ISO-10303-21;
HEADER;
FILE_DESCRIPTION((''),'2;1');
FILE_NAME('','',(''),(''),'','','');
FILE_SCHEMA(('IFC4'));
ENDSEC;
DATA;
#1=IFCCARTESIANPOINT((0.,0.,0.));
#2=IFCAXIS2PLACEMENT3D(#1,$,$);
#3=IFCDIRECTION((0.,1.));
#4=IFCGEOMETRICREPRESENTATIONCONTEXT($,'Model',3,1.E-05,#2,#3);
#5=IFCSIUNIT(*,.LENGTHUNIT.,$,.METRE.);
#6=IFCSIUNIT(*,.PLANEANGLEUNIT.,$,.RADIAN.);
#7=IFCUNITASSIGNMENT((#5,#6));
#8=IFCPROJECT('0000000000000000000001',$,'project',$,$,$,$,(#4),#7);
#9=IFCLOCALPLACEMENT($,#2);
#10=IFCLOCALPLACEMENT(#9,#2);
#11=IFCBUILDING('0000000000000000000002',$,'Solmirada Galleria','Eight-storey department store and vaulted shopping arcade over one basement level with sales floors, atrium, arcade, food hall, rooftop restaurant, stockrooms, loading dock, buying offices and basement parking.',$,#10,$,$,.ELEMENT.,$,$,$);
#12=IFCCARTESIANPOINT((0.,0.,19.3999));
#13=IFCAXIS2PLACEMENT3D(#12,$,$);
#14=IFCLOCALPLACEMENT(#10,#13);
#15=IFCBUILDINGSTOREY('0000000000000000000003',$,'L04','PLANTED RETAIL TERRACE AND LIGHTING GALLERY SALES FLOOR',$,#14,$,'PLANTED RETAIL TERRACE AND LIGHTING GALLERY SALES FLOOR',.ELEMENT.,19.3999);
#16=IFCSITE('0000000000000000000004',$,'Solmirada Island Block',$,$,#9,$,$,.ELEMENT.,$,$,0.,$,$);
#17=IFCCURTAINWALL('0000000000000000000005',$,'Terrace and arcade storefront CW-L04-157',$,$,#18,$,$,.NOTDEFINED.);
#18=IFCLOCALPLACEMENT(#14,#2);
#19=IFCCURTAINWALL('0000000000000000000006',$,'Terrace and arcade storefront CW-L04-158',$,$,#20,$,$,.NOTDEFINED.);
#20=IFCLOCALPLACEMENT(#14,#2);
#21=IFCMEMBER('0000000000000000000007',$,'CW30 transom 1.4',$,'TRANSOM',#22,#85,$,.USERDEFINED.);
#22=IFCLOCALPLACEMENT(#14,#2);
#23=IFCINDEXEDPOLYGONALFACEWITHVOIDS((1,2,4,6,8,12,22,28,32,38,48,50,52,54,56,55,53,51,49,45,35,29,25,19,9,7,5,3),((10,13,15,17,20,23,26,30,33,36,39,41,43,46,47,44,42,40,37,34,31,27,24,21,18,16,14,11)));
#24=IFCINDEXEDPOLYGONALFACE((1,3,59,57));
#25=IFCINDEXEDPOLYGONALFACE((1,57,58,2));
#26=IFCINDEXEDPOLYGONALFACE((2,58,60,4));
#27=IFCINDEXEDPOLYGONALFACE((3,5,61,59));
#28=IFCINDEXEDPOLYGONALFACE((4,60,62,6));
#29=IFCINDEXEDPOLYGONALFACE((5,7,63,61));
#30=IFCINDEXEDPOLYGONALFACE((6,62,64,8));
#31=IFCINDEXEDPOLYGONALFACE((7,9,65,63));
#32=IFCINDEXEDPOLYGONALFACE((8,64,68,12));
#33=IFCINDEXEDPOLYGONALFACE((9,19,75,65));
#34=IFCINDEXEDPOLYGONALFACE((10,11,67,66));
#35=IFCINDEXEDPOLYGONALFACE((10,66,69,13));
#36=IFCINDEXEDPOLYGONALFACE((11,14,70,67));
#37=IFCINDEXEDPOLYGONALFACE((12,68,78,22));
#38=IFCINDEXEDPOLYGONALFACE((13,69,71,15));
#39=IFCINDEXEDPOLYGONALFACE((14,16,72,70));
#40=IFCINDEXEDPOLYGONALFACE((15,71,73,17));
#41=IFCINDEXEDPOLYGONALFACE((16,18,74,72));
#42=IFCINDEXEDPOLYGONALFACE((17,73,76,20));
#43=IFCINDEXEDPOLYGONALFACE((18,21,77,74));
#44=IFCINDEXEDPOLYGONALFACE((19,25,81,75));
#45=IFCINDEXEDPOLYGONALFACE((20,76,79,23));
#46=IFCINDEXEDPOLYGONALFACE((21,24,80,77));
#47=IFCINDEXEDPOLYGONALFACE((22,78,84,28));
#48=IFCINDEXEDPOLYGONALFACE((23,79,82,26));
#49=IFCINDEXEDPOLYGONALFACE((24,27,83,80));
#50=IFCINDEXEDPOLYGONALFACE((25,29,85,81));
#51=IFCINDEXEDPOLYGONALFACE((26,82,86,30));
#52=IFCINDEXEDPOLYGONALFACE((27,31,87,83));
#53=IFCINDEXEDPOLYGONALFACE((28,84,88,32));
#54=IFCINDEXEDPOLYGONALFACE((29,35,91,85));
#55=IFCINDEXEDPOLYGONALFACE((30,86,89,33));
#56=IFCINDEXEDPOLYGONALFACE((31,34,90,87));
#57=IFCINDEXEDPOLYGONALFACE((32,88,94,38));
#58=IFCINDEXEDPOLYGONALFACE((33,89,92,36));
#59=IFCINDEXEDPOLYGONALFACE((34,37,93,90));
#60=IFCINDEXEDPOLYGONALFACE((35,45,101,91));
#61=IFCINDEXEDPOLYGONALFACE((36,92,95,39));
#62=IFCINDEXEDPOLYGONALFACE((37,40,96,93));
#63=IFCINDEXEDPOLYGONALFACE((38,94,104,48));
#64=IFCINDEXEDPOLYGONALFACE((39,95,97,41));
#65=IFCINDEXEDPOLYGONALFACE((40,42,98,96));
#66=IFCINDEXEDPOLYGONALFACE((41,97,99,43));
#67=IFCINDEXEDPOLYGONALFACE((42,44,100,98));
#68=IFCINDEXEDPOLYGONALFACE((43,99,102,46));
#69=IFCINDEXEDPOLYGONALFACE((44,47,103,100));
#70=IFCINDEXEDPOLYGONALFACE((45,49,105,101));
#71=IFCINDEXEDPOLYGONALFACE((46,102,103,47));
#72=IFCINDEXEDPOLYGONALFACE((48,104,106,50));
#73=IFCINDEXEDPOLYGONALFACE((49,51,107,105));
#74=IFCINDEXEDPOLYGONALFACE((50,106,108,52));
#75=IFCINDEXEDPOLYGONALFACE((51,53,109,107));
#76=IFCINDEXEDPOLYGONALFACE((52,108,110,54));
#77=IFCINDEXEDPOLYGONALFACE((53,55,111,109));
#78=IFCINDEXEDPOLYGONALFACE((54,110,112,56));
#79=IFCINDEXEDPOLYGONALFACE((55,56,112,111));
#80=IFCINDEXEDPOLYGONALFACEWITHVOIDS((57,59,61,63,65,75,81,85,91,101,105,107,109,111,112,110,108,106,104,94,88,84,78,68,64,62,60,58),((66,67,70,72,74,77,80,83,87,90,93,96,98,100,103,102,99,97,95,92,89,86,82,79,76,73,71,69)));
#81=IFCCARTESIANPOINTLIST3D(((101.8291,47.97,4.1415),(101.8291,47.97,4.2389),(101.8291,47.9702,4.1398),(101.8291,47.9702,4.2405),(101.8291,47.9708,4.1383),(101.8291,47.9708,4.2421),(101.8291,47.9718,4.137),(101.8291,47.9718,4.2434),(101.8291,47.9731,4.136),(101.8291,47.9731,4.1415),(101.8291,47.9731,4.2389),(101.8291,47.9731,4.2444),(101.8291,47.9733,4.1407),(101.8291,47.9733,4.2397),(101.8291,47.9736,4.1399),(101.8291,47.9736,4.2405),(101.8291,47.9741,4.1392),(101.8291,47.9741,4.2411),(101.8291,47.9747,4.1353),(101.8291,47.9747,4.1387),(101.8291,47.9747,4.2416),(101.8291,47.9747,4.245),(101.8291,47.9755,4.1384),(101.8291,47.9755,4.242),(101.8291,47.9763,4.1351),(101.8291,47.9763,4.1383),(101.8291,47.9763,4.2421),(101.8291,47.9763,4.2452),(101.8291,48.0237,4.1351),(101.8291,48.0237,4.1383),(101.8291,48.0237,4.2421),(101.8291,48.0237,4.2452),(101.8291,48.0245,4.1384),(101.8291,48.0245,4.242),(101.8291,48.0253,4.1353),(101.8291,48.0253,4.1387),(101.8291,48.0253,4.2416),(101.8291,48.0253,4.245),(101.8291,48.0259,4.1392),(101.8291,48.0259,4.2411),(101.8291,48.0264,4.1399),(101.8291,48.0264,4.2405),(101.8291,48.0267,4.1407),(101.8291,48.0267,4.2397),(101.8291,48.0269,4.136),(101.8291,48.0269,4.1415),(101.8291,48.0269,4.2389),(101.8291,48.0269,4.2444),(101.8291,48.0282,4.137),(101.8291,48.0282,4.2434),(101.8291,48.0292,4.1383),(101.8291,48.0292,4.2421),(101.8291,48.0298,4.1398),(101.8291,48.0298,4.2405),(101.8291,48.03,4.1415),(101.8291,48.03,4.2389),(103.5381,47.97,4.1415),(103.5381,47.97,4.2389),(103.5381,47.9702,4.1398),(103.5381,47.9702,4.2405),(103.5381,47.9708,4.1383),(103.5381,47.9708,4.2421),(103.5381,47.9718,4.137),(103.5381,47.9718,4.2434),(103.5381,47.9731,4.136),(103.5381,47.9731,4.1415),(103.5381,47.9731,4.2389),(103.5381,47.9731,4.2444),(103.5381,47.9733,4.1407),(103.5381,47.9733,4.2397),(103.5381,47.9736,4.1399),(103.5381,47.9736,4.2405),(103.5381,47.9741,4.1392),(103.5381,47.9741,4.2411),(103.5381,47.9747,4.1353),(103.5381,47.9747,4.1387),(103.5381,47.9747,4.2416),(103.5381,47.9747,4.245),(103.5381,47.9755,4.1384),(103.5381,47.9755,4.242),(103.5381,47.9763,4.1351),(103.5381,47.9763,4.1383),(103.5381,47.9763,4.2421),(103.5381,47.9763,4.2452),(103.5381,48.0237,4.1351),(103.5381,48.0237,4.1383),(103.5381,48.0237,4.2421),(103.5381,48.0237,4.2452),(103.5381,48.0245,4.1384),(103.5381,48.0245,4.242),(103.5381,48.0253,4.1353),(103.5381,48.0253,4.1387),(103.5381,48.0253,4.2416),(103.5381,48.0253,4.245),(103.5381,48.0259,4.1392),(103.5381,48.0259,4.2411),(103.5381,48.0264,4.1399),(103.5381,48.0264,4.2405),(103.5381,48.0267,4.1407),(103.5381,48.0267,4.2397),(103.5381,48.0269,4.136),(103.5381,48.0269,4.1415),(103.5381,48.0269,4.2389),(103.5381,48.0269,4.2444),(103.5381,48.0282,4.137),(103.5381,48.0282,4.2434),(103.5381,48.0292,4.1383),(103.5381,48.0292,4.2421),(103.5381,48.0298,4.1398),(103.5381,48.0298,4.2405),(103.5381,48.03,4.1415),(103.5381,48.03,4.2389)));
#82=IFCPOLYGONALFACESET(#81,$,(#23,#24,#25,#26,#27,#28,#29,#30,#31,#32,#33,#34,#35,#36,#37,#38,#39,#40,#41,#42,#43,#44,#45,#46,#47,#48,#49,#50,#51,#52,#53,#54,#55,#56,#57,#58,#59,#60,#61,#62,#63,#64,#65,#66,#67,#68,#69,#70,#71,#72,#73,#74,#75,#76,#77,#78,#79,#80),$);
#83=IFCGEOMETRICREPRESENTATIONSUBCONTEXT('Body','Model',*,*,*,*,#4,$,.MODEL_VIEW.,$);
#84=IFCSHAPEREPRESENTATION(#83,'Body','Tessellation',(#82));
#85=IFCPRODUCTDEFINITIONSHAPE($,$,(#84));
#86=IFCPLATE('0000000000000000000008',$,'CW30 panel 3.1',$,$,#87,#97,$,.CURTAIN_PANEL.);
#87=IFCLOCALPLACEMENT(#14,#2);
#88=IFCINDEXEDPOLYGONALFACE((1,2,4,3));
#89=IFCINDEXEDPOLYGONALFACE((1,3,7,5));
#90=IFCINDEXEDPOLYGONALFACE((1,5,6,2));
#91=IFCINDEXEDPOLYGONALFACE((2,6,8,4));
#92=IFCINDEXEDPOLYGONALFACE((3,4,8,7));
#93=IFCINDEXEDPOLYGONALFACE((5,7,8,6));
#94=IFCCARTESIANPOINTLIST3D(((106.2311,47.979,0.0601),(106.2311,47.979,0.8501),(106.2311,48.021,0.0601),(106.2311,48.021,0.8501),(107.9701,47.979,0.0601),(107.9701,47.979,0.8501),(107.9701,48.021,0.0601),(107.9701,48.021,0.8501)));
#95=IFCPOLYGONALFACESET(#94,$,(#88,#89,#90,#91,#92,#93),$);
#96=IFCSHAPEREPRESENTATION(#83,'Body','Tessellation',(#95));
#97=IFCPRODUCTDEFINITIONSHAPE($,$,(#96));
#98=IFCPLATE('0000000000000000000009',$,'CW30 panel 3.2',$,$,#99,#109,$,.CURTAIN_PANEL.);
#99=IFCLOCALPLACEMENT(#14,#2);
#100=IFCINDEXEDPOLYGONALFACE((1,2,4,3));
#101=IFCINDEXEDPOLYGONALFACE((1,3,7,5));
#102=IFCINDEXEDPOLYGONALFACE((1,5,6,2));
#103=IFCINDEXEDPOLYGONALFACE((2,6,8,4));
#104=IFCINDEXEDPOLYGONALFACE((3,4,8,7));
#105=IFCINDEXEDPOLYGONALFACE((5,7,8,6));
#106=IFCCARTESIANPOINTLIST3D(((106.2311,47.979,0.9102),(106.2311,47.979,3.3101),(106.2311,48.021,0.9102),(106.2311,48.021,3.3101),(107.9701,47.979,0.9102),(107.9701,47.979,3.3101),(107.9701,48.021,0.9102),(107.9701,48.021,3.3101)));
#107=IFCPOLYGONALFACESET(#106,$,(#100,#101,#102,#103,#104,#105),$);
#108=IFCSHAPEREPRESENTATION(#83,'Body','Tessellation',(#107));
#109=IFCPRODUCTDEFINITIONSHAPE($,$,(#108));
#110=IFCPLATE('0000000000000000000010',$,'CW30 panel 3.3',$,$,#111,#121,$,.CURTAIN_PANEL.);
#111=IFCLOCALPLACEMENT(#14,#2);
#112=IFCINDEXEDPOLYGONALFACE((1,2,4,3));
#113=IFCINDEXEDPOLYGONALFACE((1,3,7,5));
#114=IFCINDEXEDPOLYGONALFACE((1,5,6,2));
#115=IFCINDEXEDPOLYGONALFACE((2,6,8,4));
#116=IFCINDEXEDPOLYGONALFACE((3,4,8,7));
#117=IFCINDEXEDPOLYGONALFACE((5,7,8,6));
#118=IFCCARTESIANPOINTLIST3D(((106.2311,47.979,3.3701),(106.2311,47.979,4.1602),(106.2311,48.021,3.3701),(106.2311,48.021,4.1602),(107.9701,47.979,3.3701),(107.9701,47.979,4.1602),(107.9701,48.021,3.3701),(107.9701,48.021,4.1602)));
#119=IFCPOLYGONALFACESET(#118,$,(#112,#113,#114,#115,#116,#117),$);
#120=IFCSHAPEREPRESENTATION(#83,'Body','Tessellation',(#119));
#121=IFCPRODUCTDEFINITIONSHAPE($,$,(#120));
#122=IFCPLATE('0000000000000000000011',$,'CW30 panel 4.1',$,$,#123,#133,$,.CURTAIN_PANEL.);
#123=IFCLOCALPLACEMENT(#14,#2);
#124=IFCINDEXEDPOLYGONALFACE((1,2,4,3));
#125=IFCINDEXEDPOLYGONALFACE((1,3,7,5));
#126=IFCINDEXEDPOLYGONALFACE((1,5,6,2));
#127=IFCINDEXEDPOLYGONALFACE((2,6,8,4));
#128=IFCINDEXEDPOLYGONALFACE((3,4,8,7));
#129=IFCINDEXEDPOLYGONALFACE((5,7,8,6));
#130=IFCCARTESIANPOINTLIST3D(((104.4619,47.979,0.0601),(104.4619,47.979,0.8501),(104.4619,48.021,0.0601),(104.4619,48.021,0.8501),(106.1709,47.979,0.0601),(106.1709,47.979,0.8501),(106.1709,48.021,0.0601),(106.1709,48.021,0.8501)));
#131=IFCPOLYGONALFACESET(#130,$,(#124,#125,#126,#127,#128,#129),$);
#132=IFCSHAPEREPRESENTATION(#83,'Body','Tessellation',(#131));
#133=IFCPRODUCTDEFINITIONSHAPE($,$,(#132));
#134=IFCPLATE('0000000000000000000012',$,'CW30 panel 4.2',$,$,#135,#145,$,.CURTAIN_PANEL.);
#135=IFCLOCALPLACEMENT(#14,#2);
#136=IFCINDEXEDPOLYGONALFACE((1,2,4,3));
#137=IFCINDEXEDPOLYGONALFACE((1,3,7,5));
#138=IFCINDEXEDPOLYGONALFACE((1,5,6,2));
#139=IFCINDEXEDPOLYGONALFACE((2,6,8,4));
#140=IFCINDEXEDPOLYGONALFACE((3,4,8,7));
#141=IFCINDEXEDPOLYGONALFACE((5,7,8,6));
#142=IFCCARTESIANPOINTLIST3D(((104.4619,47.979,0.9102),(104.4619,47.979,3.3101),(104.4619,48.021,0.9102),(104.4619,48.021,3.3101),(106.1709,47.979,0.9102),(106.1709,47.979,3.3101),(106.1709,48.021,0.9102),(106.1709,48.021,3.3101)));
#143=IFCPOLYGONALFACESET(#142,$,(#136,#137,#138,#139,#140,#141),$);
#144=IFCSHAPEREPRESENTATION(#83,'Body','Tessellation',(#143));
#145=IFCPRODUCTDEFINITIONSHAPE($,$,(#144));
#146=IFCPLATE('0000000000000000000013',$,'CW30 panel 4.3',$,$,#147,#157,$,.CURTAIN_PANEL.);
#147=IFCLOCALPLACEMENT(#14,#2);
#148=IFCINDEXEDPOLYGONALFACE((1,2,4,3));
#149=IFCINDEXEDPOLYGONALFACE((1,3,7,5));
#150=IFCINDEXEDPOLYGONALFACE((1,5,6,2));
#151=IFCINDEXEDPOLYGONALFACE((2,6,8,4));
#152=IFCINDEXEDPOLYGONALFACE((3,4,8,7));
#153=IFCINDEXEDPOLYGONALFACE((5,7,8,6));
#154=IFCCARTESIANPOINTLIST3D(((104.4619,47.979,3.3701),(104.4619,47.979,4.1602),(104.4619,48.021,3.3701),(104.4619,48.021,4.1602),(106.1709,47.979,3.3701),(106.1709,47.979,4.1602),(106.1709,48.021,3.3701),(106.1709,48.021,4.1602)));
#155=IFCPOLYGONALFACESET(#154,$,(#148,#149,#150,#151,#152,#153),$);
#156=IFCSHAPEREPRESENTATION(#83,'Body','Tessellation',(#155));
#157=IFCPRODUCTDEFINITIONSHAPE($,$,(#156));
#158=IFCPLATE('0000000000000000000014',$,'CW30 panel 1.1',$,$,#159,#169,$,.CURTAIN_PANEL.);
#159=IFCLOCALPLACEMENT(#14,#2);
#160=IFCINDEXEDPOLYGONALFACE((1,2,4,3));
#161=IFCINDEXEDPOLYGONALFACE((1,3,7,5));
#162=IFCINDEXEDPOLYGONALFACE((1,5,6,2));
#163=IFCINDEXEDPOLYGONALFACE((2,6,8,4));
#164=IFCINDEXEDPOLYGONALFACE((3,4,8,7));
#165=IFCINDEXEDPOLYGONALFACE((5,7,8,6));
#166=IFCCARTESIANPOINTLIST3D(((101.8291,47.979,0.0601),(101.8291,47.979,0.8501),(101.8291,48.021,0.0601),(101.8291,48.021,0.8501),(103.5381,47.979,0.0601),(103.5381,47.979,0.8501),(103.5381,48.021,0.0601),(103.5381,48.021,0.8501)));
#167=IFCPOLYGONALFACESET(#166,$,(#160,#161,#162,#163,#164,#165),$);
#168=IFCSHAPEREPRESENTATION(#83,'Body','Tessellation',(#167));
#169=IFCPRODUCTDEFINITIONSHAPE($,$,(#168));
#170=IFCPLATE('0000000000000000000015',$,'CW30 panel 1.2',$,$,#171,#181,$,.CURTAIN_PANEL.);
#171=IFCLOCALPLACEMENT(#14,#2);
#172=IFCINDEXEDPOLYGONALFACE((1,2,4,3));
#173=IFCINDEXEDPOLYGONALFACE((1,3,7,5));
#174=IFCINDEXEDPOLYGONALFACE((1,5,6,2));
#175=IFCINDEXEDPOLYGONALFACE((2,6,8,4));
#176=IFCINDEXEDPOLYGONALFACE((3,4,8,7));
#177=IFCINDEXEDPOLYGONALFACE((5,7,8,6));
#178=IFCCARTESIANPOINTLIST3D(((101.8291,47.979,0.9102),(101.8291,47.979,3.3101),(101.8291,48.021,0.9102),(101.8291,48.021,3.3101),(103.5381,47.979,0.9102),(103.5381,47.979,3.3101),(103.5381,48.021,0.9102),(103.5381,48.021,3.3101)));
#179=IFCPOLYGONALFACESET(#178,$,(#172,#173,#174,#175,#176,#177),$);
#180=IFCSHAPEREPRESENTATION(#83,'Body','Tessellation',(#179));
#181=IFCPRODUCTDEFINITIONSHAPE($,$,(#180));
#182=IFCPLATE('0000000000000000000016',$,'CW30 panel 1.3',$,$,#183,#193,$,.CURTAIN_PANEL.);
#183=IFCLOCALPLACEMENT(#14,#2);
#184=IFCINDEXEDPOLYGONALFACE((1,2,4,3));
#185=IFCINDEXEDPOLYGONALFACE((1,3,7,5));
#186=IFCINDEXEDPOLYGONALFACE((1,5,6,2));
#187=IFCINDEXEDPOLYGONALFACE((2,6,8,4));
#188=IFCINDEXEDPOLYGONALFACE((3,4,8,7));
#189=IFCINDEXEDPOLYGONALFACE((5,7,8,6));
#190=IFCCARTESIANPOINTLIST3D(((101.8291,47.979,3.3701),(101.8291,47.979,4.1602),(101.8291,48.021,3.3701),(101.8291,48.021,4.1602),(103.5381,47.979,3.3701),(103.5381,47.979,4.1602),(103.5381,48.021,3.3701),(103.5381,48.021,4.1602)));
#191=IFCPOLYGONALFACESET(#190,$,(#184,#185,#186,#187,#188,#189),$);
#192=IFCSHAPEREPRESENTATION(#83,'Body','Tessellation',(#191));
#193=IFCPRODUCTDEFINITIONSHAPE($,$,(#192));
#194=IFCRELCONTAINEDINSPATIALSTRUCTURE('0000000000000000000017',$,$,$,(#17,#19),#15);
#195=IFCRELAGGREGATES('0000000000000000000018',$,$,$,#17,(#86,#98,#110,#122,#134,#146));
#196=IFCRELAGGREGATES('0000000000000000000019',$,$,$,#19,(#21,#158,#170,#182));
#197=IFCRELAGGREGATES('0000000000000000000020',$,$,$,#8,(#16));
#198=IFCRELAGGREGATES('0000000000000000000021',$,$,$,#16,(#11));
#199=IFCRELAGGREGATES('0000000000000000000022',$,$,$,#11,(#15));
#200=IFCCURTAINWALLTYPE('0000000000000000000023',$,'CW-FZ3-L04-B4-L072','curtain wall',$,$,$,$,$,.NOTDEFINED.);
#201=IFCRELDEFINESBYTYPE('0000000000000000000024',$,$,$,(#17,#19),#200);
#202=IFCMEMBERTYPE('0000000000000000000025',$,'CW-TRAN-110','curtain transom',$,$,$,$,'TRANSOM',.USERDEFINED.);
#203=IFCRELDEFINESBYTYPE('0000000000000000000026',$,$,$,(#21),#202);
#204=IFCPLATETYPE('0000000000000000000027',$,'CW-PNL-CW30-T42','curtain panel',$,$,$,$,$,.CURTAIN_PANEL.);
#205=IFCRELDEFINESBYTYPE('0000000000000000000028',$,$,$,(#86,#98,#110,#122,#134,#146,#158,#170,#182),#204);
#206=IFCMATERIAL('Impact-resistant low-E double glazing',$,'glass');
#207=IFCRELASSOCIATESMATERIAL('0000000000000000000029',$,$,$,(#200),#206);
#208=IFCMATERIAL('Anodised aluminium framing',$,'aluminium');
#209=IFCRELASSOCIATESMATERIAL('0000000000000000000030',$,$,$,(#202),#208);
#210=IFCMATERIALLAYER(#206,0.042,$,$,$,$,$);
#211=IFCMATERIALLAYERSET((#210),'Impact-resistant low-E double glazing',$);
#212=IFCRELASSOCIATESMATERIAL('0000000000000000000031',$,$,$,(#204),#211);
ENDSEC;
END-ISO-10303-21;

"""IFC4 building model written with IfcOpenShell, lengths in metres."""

from ifc_helpers import new_model, si_unit, direction, frame, origin, origin_2d, place, context, subcontext, project, spatial, rectangle, hollow_rectangle, extrude, material, layer, layer_set, material_profile, profile_set, type_object, element, aggregate, save


model = new_model("IFC4")

# Units and contexts
model_context = context("Model", 3, precision=1e-05, world=origin(), true_north=direction((0.0, 1.0)))
body_context = subcontext(model_context, "Body", "Model", "MODEL_VIEW")
ifc_project = project(units=[si_unit("LENGTHUNIT", "METRE"), si_unit("PLANEANGLEUNIT", "RADIAN")], contexts=[model_context])

# Site, building, storey
site_placement = place(None, origin())
site = spatial("IfcSite", under=ifc_project, at=site_placement, Name="Solmirada Island Block", CompositionType="ELEMENT", RefElevation=0.0)
building_placement = place(site_placement, origin())
building = spatial("IfcBuilding", under=site, at=building_placement, Name="Solmirada Galleria", Description="Eight-storey department store and vaulted shopping arcade over one basement level with sales floors, atrium, arcade, food hall, rooftop restaurant, stockrooms, loading dock, buying offices and basement parking.", CompositionType="ELEMENT")
storey_placement = place(building_placement, frame((0.0, 0.0, 19.3999)))
storey = spatial("IfcBuildingStorey", under=building, at=storey_placement, Name="L04", Description="PLANTED RETAIL TERRACE AND LIGHTING GALLERY SALES FLOOR", LongName="PLANTED RETAIL TERRACE AND LIGHTING GALLERY SALES FLOOR", CompositionType="ELEMENT", Elevation=19.3999)

# Curtain wall
ifc_material_1 = material(Name="Impact-resistant low-E double glazing", Category="glass")
curtain_wall_type = type_object("IfcCurtainWallType", Name="CW-FZ3-L04-B4-L072", Description="curtain wall", PredefinedType="NOTDEFINED", material=ifc_material_1)
curtain_wall_1_placement = place(storey_placement, origin())
curtain_wall_1 = element("IfcCurtainWall", 1, at=curtain_wall_1_placement, inside=storey, type_object=curtain_wall_type, Name="Terrace and arcade storefront CW-L04-157", PredefinedType="NOTDEFINED")
ifc_material_2 = material(Name="Anodised aluminium framing", Category="aluminium")

# Curtain wall
curtain_wall_2_placement = place(storey_placement, origin())
curtain_wall_2 = element("IfcCurtainWall", 2, at=curtain_wall_2_placement, inside=storey, type_object=curtain_wall_type, Name="Terrace and arcade storefront CW-L04-158", PredefinedType="NOTDEFINED")

# Member
ifc_material_profile_1 = material_profile(ifc_material_2, hollow_rectangle(XDim=0.0601, YDim=0.1101, WallThickness=0.0032, InnerFilletRadius=0.0032, OuterFilletRadius=0.0063, at=origin_2d()), Name="ALU-TRAN-110X60")
ifc_profile_set_1 = profile_set([ifc_material_profile_1], Name="Anodised aluminium framing")
member_type_1 = type_object("IfcMemberType", Name="CW-TRAN-110", Description="curtain transom", ElementType="TRANSOM", PredefinedType="USERDEFINED", material=ifc_profile_set_1)
member_1_placement = place(storey_placement, frame((103.5381, 48.0, 4.1902), z_axis=(-1.0, 0.0, 0.0), x_axis=(0.0, -1.0, 0.0)))
member_1 = element("IfcMember", 3, at=member_1_placement, type_object=member_type_1, Name="CW30 transom 1.4", ObjectType="TRANSOM", PredefinedType="USERDEFINED", context=body_context, shape_type="SweptSolid", body=[
    extrude(hollow_rectangle(XDim=0.0601, YDim=0.1101, WallThickness=0.0032, InnerFilletRadius=0.0032, OuterFilletRadius=0.0063, at=origin_2d()), origin(), (0.0, 0.0, 1.0), 1.709),
])

# Plates
ifc_layer = layer(ifc_material_1, 0.042)
ifc_layer_set = layer_set([ifc_layer], Name="Impact-resistant low-E double glazing")
plate_type = type_object("IfcPlateType", Name="CW-PNL-CW30-T42", Description="curtain panel", PredefinedType="CURTAIN_PANEL", material=ifc_layer_set)
plate_1_placement = place(storey_placement, frame((107.1006, 48.0, 0.0601), z_axis=(0.0, 0.0, 1.0), x_axis=(-1.0, 0.0, 0.0)))
plate_1 = element("IfcPlate", 4, at=plate_1_placement, type_object=plate_type, Name="CW30 panel 3.1", PredefinedType="CURTAIN_PANEL", context=body_context, shape_type="SweptSolid", body=[
    extrude(rectangle(XDim=1.739, YDim=0.042, at=origin_2d()), origin(), (0.0, 0.0, 1.0), 0.79),
])
plate_2_placement = place(storey_placement, frame((107.1006, 48.0, 0.9102), z_axis=(0.0, 0.0, 1.0), x_axis=(-1.0, 0.0, 0.0)))
plate_2 = element("IfcPlate", 5, at=plate_2_placement, type_object=plate_type, Name="CW30 panel 3.2", PredefinedType="CURTAIN_PANEL", context=body_context, shape_type="SweptSolid", body=[
    extrude(rectangle(XDim=1.739, YDim=0.042, at=origin_2d()), origin(), (0.0, 0.0, 1.0), 2.3999),
])
plate_3_placement = place(storey_placement, frame((107.1006, 48.0, 3.3701), z_axis=(0.0, 0.0, 1.0), x_axis=(-1.0, 0.0, 0.0)))
plate_3 = element("IfcPlate", 6, at=plate_3_placement, type_object=plate_type, Name="CW30 panel 3.3", PredefinedType="CURTAIN_PANEL", context=body_context, shape_type="SweptSolid", body=[
    extrude(rectangle(XDim=1.739, YDim=0.042, at=origin_2d()), origin(), (0.0, 0.0, 1.0), 0.79),
])
plate_4_placement = place(storey_placement, frame((105.3164, 48.0, 0.0601), z_axis=(0.0, 0.0, 1.0), x_axis=(-1.0, 0.0, 0.0)))
plate_4 = element("IfcPlate", 7, at=plate_4_placement, type_object=plate_type, Name="CW30 panel 4.1", PredefinedType="CURTAIN_PANEL", context=body_context, shape_type="SweptSolid", body=[
    extrude(rectangle(XDim=1.709, YDim=0.042, at=origin_2d()), origin(), (0.0, 0.0, 1.0), 0.79),
])
plate_5_placement = place(storey_placement, frame((105.3164, 48.0, 0.9102), z_axis=(0.0, 0.0, 1.0), x_axis=(-1.0, 0.0, 0.0)))
plate_5 = element("IfcPlate", 8, at=plate_5_placement, type_object=plate_type, Name="CW30 panel 4.2", PredefinedType="CURTAIN_PANEL", context=body_context, shape_type="SweptSolid", body=[
    extrude(rectangle(XDim=1.709, YDim=0.042, at=origin_2d()), origin(), (0.0, 0.0, 1.0), 2.3999),
])
plate_6_placement = place(storey_placement, frame((105.3164, 48.0, 3.3701), z_axis=(0.0, 0.0, 1.0), x_axis=(-1.0, 0.0, 0.0)))
plate_6 = element("IfcPlate", 9, at=plate_6_placement, type_object=plate_type, Name="CW30 panel 4.3", PredefinedType="CURTAIN_PANEL", context=body_context, shape_type="SweptSolid", body=[
    extrude(rectangle(XDim=1.709, YDim=0.042, at=origin_2d()), origin(), (0.0, 0.0, 1.0), 0.79),
])
aggregate(curtain_wall_1, [plate_1, plate_2, plate_3, plate_4, plate_5, plate_6])
plate_7_placement = place(storey_placement, frame((102.6836, 48.0, 0.0601), z_axis=(0.0, 0.0, 1.0), x_axis=(-1.0, 0.0, 0.0)))
plate_7 = element("IfcPlate", 10, at=plate_7_placement, type_object=plate_type, Name="CW30 panel 1.1", PredefinedType="CURTAIN_PANEL", context=body_context, shape_type="SweptSolid", body=[
    extrude(rectangle(XDim=1.709, YDim=0.042, at=origin_2d()), origin(), (0.0, 0.0, 1.0), 0.79),
])
plate_8_placement = place(storey_placement, frame((102.6836, 48.0, 0.9102), z_axis=(0.0, 0.0, 1.0), x_axis=(-1.0, 0.0, 0.0)))
plate_8 = element("IfcPlate", 11, at=plate_8_placement, type_object=plate_type, Name="CW30 panel 1.2", PredefinedType="CURTAIN_PANEL", context=body_context, shape_type="SweptSolid", body=[
    extrude(rectangle(XDim=1.709, YDim=0.042, at=origin_2d()), origin(), (0.0, 0.0, 1.0), 2.3999),
])
plate_9_placement = place(storey_placement, frame((102.6836, 48.0, 3.3701), z_axis=(0.0, 0.0, 1.0), x_axis=(-1.0, 0.0, 0.0)))
plate_9 = element("IfcPlate", 12, at=plate_9_placement, type_object=plate_type, Name="CW30 panel 1.3", PredefinedType="CURTAIN_PANEL", context=body_context, shape_type="SweptSolid", body=[
    extrude(rectangle(XDim=1.709, YDim=0.042, at=origin_2d()), origin(), (0.0, 0.0, 1.0), 0.79),
])
aggregate(curtain_wall_2, [member_1, plate_7, plate_8, plate_9])

save(model, "model.ifc")
